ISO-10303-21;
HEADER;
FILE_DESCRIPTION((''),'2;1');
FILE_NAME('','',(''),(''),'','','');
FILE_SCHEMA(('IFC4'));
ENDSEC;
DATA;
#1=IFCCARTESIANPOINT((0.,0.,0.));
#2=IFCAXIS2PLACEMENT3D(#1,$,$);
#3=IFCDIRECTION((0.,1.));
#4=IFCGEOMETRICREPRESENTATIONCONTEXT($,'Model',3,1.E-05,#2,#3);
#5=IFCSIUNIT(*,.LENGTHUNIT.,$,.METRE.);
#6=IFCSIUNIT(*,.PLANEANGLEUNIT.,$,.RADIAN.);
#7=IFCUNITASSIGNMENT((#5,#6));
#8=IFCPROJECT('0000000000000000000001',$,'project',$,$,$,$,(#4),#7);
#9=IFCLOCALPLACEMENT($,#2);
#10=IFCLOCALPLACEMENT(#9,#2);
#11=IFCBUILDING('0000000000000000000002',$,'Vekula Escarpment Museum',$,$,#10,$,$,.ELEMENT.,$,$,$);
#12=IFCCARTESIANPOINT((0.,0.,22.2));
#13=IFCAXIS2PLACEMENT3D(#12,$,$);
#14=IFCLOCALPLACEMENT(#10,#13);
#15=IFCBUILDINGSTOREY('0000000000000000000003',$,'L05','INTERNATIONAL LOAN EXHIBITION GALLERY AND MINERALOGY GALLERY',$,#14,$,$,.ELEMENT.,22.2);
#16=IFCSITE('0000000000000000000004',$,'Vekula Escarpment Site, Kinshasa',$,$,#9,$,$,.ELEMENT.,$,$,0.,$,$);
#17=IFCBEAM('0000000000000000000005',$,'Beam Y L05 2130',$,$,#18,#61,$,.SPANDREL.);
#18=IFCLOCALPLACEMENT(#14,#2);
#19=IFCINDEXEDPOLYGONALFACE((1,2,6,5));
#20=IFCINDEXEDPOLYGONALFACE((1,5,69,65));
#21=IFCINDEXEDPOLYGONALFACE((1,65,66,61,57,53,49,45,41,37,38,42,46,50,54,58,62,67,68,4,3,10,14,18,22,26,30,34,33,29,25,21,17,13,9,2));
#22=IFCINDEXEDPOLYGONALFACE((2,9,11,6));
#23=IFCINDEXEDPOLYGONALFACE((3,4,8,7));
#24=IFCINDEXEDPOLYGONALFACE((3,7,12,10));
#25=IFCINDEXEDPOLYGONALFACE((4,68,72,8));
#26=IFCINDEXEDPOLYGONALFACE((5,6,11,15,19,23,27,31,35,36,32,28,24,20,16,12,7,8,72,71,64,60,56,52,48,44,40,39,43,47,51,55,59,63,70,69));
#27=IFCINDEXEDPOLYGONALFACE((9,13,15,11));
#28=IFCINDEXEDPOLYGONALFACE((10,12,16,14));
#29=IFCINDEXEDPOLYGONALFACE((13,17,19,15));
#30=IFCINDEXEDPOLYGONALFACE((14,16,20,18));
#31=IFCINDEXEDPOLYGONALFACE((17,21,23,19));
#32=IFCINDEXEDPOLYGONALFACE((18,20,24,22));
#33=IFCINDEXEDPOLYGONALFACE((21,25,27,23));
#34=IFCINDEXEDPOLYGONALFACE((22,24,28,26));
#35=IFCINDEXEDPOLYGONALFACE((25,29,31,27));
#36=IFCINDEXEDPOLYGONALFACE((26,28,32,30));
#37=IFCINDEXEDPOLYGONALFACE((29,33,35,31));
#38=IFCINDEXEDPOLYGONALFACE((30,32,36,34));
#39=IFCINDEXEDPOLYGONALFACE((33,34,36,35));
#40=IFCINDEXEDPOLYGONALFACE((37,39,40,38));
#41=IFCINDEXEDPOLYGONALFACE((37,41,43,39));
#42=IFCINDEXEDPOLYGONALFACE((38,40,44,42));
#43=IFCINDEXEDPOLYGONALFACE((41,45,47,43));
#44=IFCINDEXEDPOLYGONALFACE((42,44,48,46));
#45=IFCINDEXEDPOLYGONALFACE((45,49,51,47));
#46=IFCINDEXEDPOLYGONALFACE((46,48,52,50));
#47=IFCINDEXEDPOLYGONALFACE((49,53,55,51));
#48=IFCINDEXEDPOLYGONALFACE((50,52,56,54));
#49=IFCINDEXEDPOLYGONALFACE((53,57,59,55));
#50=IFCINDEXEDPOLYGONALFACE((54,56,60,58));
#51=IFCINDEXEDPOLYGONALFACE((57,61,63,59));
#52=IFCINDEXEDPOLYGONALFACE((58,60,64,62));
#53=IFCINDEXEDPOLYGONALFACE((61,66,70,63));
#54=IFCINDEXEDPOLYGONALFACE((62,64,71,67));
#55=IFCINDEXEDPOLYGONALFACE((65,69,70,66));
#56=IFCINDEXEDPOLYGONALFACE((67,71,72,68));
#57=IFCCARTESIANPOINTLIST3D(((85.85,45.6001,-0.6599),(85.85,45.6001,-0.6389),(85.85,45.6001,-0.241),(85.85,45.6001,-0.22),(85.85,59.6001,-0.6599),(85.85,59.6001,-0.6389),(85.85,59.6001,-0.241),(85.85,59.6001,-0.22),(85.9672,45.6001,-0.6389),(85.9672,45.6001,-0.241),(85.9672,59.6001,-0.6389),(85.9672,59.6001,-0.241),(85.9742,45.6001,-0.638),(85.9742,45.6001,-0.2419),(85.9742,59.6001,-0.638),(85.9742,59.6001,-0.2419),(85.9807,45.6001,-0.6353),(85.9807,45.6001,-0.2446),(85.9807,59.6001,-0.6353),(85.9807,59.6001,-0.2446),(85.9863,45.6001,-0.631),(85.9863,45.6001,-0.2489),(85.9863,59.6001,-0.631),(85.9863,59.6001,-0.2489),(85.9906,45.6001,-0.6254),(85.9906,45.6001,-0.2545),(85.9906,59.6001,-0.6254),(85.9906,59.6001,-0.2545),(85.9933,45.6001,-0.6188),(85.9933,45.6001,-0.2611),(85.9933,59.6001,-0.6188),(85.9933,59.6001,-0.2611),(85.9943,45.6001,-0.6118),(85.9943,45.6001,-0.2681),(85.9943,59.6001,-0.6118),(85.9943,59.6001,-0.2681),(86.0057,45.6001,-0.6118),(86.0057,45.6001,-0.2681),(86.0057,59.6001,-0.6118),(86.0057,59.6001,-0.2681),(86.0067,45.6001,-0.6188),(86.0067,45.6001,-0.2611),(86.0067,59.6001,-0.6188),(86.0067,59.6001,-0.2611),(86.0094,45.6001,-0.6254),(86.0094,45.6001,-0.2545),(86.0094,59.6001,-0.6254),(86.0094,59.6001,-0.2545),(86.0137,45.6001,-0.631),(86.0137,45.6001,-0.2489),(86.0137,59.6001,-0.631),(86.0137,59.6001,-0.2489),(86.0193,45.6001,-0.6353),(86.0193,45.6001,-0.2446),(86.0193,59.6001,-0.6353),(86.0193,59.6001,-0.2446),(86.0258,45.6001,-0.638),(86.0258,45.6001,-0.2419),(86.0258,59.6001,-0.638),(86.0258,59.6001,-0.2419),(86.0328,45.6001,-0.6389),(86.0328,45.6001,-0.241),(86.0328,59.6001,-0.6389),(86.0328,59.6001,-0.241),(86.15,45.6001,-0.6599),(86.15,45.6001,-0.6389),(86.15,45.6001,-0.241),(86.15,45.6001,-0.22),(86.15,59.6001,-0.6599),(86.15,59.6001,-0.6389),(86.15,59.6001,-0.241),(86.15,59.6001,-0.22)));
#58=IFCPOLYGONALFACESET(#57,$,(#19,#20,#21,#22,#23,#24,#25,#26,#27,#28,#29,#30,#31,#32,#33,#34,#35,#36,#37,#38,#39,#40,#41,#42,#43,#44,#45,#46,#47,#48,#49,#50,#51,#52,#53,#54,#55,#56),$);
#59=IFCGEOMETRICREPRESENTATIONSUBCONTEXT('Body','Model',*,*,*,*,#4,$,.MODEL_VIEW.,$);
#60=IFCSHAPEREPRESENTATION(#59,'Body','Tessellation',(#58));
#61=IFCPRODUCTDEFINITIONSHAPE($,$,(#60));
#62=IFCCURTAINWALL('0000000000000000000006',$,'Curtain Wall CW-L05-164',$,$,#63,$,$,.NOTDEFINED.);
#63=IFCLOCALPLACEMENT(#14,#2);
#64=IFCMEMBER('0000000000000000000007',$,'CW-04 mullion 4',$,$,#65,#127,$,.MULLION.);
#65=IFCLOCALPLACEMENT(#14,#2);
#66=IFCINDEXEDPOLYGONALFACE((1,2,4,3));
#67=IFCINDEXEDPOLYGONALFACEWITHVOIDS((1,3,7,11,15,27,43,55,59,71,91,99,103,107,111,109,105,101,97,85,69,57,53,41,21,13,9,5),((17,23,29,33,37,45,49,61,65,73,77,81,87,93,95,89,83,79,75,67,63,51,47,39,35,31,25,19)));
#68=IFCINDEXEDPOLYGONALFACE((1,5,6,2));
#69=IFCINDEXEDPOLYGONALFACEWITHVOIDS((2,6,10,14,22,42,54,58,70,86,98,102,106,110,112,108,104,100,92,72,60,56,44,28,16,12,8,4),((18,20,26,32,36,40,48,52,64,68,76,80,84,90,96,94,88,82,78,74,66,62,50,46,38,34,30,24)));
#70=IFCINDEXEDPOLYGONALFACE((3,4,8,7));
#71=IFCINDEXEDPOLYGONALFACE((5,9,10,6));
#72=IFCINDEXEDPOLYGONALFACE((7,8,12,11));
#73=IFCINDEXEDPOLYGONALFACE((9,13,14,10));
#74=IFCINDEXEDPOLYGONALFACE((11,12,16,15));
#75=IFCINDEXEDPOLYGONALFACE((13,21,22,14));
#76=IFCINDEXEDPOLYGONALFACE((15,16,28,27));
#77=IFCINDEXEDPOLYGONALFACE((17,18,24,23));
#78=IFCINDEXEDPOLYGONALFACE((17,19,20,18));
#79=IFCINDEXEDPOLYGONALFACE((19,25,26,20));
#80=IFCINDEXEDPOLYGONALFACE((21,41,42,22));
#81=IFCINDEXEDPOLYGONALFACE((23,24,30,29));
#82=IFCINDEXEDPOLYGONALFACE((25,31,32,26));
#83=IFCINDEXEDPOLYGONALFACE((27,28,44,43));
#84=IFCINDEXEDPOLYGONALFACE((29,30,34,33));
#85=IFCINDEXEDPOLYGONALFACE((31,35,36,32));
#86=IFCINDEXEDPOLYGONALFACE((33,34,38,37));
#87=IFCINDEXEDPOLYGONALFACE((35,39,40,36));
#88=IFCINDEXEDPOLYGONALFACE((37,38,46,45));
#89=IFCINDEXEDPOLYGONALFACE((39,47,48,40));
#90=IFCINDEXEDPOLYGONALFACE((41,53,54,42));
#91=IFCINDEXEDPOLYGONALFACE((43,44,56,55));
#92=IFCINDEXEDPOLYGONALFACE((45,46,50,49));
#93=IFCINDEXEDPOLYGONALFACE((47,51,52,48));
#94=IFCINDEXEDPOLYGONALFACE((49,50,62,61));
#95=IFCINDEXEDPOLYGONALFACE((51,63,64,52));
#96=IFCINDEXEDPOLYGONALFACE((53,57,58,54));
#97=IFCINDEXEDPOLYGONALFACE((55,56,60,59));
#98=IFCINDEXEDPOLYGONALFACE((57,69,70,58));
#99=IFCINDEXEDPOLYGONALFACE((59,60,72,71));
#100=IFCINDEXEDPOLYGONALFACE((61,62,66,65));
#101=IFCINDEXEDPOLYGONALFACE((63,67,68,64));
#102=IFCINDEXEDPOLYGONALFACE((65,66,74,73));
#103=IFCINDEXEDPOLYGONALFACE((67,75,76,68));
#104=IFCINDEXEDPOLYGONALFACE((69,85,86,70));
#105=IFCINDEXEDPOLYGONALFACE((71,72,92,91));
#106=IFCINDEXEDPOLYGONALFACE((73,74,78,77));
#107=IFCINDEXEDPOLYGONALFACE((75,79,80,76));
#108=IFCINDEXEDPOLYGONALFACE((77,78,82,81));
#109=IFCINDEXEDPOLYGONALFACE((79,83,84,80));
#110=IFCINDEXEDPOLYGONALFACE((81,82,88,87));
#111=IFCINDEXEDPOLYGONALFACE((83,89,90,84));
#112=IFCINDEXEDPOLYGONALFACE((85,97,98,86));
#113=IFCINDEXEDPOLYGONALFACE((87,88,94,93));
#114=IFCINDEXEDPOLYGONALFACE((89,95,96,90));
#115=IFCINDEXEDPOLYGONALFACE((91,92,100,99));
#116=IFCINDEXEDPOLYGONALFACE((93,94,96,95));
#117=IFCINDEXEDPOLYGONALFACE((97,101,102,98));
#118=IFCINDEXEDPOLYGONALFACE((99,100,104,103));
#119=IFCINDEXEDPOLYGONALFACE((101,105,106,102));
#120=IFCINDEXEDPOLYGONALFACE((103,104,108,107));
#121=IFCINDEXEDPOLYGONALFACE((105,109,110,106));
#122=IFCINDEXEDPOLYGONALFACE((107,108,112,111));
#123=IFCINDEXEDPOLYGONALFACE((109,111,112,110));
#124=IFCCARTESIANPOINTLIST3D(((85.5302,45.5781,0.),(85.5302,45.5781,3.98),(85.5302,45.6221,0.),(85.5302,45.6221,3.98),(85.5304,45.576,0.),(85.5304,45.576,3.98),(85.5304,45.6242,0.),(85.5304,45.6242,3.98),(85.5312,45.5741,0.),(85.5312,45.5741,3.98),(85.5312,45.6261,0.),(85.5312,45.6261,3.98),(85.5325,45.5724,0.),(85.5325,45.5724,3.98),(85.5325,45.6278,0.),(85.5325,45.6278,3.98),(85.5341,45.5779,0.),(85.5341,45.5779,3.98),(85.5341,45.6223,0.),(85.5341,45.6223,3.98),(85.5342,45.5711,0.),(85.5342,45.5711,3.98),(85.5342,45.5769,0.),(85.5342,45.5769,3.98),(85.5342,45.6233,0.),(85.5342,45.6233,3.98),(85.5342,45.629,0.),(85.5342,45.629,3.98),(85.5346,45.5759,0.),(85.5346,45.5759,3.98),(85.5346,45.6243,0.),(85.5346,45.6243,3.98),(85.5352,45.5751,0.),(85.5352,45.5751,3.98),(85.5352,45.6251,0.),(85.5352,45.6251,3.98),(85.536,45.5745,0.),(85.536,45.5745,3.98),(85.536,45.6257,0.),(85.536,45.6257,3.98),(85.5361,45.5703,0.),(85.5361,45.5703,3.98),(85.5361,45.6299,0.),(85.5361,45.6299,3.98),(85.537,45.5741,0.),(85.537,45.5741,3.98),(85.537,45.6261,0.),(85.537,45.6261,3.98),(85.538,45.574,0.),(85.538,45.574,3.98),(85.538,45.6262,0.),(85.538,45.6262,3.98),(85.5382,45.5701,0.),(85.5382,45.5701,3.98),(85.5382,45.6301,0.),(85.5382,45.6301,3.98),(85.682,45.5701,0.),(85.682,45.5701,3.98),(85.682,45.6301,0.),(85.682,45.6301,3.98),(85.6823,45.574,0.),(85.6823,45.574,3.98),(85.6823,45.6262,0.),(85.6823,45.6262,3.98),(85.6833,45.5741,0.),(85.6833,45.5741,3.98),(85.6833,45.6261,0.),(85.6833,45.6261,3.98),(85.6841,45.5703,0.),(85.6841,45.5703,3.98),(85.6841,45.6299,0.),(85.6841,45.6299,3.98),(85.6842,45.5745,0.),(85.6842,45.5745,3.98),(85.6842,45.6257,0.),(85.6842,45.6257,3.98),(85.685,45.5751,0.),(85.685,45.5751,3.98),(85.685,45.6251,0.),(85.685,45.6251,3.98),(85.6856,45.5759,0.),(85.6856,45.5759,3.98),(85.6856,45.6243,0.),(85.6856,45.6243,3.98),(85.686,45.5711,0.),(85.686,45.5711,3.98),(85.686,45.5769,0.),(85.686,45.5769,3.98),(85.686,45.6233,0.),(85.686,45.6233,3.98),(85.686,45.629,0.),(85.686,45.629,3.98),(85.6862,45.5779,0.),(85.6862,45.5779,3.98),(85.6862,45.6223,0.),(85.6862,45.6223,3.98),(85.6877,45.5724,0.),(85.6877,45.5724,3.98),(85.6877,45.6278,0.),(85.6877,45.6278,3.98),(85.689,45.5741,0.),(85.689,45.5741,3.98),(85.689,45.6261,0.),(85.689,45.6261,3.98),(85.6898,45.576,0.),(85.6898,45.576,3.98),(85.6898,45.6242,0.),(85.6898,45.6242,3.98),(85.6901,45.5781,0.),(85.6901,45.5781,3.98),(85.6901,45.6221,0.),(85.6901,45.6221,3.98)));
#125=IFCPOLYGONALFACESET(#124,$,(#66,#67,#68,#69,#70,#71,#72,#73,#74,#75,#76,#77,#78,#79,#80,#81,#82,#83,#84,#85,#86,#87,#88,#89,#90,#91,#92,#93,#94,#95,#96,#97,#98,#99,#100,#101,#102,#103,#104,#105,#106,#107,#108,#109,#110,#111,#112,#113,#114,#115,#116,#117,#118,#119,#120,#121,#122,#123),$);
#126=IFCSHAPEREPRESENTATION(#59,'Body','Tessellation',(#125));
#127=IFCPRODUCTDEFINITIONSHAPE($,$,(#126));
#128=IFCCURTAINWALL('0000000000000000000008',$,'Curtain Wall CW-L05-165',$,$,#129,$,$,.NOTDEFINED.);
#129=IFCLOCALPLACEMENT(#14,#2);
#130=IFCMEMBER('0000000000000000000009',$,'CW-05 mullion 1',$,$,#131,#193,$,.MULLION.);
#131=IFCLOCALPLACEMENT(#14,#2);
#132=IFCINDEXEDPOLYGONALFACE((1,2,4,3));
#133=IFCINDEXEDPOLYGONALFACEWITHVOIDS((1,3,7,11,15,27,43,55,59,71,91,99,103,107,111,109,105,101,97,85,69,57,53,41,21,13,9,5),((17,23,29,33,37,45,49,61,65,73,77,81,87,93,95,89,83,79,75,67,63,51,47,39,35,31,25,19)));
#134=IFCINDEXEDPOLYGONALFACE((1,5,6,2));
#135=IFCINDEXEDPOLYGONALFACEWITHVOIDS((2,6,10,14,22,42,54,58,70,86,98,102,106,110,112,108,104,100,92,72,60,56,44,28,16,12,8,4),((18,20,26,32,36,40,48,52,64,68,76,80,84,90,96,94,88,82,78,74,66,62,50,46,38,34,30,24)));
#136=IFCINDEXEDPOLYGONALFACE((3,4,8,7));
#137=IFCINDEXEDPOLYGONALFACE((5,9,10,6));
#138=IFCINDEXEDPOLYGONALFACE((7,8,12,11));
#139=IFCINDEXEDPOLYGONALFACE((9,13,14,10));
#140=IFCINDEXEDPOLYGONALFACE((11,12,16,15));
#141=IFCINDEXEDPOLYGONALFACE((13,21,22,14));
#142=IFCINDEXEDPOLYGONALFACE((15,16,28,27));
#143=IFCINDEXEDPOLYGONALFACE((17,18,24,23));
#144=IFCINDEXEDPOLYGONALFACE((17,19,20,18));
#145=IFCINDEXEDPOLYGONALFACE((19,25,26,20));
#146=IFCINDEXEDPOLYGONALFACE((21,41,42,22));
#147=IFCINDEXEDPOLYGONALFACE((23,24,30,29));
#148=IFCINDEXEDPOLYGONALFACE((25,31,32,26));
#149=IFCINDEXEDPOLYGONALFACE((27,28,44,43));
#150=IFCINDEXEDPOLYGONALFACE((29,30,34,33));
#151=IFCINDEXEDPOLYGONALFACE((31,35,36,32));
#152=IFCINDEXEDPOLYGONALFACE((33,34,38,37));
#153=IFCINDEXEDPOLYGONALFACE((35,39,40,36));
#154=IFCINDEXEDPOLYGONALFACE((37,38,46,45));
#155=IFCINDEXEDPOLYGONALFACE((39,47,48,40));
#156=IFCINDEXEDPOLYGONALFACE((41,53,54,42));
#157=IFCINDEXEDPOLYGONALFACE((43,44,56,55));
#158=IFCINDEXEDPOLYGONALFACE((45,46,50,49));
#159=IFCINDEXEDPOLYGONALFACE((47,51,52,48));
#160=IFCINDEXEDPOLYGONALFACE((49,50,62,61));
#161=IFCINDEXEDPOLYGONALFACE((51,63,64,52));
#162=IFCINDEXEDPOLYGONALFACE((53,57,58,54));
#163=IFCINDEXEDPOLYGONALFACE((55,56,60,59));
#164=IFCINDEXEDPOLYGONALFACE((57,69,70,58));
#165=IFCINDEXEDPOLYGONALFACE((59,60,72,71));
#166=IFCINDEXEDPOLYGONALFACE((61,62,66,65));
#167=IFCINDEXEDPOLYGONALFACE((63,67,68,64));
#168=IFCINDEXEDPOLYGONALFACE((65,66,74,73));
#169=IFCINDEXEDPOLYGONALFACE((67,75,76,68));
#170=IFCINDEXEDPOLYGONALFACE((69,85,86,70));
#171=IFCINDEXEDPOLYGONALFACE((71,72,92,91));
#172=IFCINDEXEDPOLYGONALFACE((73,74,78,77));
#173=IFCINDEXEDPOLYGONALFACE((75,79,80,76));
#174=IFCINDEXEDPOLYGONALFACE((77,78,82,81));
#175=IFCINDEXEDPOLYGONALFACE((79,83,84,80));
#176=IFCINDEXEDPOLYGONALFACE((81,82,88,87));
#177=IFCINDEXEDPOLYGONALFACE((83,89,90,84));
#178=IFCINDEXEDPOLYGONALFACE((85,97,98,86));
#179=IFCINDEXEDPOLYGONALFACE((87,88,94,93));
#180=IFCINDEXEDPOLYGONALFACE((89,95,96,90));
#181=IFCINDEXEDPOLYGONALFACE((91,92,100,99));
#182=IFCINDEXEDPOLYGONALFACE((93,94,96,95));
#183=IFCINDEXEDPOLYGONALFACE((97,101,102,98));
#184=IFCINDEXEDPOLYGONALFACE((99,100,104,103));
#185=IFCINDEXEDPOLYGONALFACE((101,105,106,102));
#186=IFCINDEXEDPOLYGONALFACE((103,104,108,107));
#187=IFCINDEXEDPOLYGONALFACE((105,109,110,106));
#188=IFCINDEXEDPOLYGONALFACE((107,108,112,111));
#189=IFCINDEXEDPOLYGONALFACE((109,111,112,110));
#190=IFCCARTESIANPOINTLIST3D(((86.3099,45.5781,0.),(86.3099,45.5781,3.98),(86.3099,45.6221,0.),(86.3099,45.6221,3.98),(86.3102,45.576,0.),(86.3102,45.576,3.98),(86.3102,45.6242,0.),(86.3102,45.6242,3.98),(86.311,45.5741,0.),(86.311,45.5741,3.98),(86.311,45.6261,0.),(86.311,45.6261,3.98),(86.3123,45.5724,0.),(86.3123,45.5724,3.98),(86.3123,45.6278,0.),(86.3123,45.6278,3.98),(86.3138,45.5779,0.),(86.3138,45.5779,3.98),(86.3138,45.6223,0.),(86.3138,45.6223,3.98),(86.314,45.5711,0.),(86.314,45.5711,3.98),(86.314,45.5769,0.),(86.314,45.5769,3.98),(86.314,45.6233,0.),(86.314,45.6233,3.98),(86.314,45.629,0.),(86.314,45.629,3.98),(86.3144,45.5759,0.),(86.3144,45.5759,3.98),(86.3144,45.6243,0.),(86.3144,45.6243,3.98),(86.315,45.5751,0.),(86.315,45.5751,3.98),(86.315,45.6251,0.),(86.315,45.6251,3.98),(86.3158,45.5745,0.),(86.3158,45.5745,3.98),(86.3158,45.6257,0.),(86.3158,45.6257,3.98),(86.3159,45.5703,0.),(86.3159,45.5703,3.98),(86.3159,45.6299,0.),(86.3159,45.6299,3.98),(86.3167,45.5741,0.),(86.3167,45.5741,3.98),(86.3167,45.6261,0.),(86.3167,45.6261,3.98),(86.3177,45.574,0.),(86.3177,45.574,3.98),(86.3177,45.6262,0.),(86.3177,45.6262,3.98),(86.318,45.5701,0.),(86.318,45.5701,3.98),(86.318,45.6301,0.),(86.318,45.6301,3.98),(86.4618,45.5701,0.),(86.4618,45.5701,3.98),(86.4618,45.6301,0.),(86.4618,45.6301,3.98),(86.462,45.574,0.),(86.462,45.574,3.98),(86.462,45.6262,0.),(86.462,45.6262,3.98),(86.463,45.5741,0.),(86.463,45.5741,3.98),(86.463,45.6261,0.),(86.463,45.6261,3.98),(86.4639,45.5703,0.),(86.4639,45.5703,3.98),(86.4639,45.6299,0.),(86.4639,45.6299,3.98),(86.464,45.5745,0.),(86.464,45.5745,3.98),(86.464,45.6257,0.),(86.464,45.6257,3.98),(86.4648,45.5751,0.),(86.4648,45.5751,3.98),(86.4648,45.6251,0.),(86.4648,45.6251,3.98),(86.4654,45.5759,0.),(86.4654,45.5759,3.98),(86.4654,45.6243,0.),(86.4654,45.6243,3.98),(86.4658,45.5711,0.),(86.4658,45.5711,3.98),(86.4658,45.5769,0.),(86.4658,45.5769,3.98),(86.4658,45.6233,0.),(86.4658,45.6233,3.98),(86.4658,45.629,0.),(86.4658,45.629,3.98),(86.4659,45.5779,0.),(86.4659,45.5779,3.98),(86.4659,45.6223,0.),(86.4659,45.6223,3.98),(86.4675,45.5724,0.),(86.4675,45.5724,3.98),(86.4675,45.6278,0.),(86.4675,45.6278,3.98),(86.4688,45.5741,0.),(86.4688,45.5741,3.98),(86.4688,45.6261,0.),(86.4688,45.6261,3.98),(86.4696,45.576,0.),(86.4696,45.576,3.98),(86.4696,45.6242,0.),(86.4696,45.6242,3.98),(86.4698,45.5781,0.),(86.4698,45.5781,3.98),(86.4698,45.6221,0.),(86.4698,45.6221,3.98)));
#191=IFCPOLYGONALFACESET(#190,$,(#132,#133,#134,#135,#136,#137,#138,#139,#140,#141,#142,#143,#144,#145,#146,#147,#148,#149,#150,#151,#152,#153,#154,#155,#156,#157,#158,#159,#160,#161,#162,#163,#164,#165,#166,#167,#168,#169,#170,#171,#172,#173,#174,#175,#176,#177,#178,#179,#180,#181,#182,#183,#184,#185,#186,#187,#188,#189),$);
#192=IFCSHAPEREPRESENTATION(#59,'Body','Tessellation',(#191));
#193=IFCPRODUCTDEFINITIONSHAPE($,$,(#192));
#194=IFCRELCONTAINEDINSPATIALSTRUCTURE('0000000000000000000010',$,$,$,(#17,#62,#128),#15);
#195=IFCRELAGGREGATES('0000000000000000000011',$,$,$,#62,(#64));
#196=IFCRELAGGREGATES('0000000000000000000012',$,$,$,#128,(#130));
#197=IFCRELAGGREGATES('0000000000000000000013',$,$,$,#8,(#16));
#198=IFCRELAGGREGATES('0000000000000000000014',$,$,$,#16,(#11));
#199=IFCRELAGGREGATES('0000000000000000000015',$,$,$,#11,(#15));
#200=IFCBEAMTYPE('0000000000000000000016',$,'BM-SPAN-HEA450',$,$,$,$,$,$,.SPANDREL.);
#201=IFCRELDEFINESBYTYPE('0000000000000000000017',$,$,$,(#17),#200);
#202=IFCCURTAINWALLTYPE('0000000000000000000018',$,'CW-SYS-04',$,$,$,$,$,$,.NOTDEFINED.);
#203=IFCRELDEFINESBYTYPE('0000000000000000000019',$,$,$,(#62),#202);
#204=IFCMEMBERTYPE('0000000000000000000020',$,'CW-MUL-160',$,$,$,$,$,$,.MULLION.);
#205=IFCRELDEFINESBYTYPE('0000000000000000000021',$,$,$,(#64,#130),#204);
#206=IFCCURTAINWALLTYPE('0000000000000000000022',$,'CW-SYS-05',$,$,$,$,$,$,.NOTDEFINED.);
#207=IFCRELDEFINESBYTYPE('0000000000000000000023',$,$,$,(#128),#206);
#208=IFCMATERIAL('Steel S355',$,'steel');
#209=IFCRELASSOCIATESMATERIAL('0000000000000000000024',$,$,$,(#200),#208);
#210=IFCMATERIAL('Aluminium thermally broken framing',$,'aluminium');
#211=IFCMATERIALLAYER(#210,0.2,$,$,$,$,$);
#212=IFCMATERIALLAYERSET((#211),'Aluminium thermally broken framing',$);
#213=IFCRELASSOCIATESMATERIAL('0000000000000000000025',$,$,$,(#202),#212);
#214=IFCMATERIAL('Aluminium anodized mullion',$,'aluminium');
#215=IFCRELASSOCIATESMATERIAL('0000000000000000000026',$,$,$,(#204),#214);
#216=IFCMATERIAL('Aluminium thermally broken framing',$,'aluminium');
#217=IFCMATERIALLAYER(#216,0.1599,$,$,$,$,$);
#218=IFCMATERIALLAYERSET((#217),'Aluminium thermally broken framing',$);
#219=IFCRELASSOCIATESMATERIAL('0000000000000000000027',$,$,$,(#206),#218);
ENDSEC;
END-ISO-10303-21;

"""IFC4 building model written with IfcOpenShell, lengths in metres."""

from ifc_helpers import new_model, si_unit, direction, frame, origin, origin_2d, place, context, subcontext, project, spatial, hollow_rectangle, i_section, extrude, material, layer, layer_set, material_profile, profile_set, type_object, element, aggregate, save


model = new_model("IFC4")

# Units and contexts
model_context = context("Model", 3, precision=1e-05, world=origin(), true_north=direction((0.0, 1.0)))
body_context = subcontext(model_context, "Body", "Model", "MODEL_VIEW")
ifc_project = project(units=[si_unit("LENGTHUNIT", "METRE"), si_unit("PLANEANGLEUNIT", "RADIAN")], contexts=[model_context])

# Site, building, storey
site_placement = place(None, origin())
site = spatial("IfcSite", under=ifc_project, at=site_placement, Name="Vekula Escarpment Site, Kinshasa", CompositionType="ELEMENT", RefElevation=0.0)
building_placement = place(site_placement, origin())
building = spatial("IfcBuilding", under=site, at=building_placement, Name="Vekula Escarpment Museum", CompositionType="ELEMENT")
storey_placement = place(building_placement, frame((0.0, 0.0, 22.2)))
storey = spatial("IfcBuildingStorey", under=building, at=storey_placement, Name="L05", Description="INTERNATIONAL LOAN EXHIBITION GALLERY AND MINERALOGY GALLERY", CompositionType="ELEMENT", Elevation=22.2)

# Beam
ifc_material_1 = material(Name="Steel S355", Category="steel")
ifc_material_profile_1 = material_profile(ifc_material_1, i_section(OverallWidth=0.3, OverallDepth=0.4399, WebThickness=0.0115, FlangeThickness=0.021, FilletRadius=0.0271, at=origin_2d()), Name="HEA 450")
ifc_profile_set_1 = profile_set([ifc_material_profile_1], Name="Steel S355")
beam_type_1 = type_object("IfcBeamType", Name="BM-SPAN-HEA450", PredefinedType="SPANDREL", material=ifc_profile_set_1)
beam_1_placement = place(storey_placement, frame((86.0, 45.6001, -0.4399), z_axis=(0.0, 1.0, 0.0), x_axis=(-1.0, 0.0, 0.0)))
element("IfcBeam", 1, at=beam_1_placement, inside=storey, type_object=beam_type_1, Name="Beam Y L05 2130", PredefinedType="SPANDREL", context=body_context, shape_type="SweptSolid", body=[
    extrude(i_section(OverallWidth=0.3, OverallDepth=0.4399, WebThickness=0.0115, FlangeThickness=0.021, FilletRadius=0.0271, at=origin_2d()), origin(), (0.0, 0.0, 1.0), 14.0),
])

# Curtain wall, member
ifc_material_2 = material(Name="Aluminium thermally broken framing", Category="aluminium")
ifc_layer_1 = layer(ifc_material_2, 0.2)
ifc_layer_set_1 = layer_set([ifc_layer_1], Name="Aluminium thermally broken framing")
curtain_wall_type_1 = type_object("IfcCurtainWallType", Name="CW-SYS-04", PredefinedType="NOTDEFINED", material=ifc_layer_set_1)
curtain_wall_1_placement = place(storey_placement, origin())
curtain_wall_1 = element("IfcCurtainWall", 2, at=curtain_wall_1_placement, inside=storey, type_object=curtain_wall_type_1, Name="Curtain Wall CW-L05-164", PredefinedType="NOTDEFINED")
ifc_material_3 = material(Name="Aluminium anodized mullion", Category="aluminium")
ifc_material_profile_2 = material_profile(ifc_material_3, hollow_rectangle(XDim=0.0601, YDim=0.1599, WallThickness=0.0039, InnerFilletRadius=0.0039, OuterFilletRadius=0.0081, at=origin_2d()), Name="ALU 160x60x4")
ifc_profile_set_2 = profile_set([ifc_material_profile_2], Name="Aluminium anodized mullion")
member_type_1 = type_object("IfcMemberType", Name="CW-MUL-160", PredefinedType="MULLION", material=ifc_profile_set_2)
member_1_placement = place(storey_placement, frame((85.6101, 45.6001, 0.0), z_axis=(0.0, 0.0, 1.0), x_axis=(0.0, 1.0, 0.0)))
member_1 = element("IfcMember", 3, at=member_1_placement, type_object=member_type_1, Name="CW-04 mullion 4", PredefinedType="MULLION", context=body_context, shape_type="SweptSolid", body=[
    extrude(hollow_rectangle(XDim=0.0601, YDim=0.1599, WallThickness=0.0039, InnerFilletRadius=0.0039, OuterFilletRadius=0.0081, at=origin_2d()), origin(), (0.0, 0.0, 1.0), 3.98),
])

# Curtain wall, member
ifc_material_4 = material(Name="Aluminium thermally broken framing", Category="aluminium")
ifc_layer_2 = layer(ifc_material_4, 0.1599)
ifc_layer_set_2 = layer_set([ifc_layer_2], Name="Aluminium thermally broken framing")
curtain_wall_type_2 = type_object("IfcCurtainWallType", Name="CW-SYS-05", PredefinedType="NOTDEFINED", material=ifc_layer_set_2)
curtain_wall_2_placement = place(storey_placement, origin())
curtain_wall_2 = element("IfcCurtainWall", 4, at=curtain_wall_2_placement, inside=storey, type_object=curtain_wall_type_2, Name="Curtain Wall CW-L05-165", PredefinedType="NOTDEFINED")
member_2_placement = place(storey_placement, frame((86.3899, 45.6001, 0.0), z_axis=(0.0, 0.0, 1.0), x_axis=(0.0, 1.0, 0.0)))
member_2 = element("IfcMember", 5, at=member_2_placement, type_object=member_type_1, Name="CW-05 mullion 1", PredefinedType="MULLION", context=body_context, shape_type="SweptSolid", body=[
    extrude(hollow_rectangle(XDim=0.0601, YDim=0.1599, WallThickness=0.0039, InnerFilletRadius=0.0039, OuterFilletRadius=0.0081, at=origin_2d()), origin(), (0.0, 0.0, 1.0), 3.98),
])

aggregate(curtain_wall_1, [member_1])
aggregate(curtain_wall_2, [member_2])

save(model, "model.ifc")
